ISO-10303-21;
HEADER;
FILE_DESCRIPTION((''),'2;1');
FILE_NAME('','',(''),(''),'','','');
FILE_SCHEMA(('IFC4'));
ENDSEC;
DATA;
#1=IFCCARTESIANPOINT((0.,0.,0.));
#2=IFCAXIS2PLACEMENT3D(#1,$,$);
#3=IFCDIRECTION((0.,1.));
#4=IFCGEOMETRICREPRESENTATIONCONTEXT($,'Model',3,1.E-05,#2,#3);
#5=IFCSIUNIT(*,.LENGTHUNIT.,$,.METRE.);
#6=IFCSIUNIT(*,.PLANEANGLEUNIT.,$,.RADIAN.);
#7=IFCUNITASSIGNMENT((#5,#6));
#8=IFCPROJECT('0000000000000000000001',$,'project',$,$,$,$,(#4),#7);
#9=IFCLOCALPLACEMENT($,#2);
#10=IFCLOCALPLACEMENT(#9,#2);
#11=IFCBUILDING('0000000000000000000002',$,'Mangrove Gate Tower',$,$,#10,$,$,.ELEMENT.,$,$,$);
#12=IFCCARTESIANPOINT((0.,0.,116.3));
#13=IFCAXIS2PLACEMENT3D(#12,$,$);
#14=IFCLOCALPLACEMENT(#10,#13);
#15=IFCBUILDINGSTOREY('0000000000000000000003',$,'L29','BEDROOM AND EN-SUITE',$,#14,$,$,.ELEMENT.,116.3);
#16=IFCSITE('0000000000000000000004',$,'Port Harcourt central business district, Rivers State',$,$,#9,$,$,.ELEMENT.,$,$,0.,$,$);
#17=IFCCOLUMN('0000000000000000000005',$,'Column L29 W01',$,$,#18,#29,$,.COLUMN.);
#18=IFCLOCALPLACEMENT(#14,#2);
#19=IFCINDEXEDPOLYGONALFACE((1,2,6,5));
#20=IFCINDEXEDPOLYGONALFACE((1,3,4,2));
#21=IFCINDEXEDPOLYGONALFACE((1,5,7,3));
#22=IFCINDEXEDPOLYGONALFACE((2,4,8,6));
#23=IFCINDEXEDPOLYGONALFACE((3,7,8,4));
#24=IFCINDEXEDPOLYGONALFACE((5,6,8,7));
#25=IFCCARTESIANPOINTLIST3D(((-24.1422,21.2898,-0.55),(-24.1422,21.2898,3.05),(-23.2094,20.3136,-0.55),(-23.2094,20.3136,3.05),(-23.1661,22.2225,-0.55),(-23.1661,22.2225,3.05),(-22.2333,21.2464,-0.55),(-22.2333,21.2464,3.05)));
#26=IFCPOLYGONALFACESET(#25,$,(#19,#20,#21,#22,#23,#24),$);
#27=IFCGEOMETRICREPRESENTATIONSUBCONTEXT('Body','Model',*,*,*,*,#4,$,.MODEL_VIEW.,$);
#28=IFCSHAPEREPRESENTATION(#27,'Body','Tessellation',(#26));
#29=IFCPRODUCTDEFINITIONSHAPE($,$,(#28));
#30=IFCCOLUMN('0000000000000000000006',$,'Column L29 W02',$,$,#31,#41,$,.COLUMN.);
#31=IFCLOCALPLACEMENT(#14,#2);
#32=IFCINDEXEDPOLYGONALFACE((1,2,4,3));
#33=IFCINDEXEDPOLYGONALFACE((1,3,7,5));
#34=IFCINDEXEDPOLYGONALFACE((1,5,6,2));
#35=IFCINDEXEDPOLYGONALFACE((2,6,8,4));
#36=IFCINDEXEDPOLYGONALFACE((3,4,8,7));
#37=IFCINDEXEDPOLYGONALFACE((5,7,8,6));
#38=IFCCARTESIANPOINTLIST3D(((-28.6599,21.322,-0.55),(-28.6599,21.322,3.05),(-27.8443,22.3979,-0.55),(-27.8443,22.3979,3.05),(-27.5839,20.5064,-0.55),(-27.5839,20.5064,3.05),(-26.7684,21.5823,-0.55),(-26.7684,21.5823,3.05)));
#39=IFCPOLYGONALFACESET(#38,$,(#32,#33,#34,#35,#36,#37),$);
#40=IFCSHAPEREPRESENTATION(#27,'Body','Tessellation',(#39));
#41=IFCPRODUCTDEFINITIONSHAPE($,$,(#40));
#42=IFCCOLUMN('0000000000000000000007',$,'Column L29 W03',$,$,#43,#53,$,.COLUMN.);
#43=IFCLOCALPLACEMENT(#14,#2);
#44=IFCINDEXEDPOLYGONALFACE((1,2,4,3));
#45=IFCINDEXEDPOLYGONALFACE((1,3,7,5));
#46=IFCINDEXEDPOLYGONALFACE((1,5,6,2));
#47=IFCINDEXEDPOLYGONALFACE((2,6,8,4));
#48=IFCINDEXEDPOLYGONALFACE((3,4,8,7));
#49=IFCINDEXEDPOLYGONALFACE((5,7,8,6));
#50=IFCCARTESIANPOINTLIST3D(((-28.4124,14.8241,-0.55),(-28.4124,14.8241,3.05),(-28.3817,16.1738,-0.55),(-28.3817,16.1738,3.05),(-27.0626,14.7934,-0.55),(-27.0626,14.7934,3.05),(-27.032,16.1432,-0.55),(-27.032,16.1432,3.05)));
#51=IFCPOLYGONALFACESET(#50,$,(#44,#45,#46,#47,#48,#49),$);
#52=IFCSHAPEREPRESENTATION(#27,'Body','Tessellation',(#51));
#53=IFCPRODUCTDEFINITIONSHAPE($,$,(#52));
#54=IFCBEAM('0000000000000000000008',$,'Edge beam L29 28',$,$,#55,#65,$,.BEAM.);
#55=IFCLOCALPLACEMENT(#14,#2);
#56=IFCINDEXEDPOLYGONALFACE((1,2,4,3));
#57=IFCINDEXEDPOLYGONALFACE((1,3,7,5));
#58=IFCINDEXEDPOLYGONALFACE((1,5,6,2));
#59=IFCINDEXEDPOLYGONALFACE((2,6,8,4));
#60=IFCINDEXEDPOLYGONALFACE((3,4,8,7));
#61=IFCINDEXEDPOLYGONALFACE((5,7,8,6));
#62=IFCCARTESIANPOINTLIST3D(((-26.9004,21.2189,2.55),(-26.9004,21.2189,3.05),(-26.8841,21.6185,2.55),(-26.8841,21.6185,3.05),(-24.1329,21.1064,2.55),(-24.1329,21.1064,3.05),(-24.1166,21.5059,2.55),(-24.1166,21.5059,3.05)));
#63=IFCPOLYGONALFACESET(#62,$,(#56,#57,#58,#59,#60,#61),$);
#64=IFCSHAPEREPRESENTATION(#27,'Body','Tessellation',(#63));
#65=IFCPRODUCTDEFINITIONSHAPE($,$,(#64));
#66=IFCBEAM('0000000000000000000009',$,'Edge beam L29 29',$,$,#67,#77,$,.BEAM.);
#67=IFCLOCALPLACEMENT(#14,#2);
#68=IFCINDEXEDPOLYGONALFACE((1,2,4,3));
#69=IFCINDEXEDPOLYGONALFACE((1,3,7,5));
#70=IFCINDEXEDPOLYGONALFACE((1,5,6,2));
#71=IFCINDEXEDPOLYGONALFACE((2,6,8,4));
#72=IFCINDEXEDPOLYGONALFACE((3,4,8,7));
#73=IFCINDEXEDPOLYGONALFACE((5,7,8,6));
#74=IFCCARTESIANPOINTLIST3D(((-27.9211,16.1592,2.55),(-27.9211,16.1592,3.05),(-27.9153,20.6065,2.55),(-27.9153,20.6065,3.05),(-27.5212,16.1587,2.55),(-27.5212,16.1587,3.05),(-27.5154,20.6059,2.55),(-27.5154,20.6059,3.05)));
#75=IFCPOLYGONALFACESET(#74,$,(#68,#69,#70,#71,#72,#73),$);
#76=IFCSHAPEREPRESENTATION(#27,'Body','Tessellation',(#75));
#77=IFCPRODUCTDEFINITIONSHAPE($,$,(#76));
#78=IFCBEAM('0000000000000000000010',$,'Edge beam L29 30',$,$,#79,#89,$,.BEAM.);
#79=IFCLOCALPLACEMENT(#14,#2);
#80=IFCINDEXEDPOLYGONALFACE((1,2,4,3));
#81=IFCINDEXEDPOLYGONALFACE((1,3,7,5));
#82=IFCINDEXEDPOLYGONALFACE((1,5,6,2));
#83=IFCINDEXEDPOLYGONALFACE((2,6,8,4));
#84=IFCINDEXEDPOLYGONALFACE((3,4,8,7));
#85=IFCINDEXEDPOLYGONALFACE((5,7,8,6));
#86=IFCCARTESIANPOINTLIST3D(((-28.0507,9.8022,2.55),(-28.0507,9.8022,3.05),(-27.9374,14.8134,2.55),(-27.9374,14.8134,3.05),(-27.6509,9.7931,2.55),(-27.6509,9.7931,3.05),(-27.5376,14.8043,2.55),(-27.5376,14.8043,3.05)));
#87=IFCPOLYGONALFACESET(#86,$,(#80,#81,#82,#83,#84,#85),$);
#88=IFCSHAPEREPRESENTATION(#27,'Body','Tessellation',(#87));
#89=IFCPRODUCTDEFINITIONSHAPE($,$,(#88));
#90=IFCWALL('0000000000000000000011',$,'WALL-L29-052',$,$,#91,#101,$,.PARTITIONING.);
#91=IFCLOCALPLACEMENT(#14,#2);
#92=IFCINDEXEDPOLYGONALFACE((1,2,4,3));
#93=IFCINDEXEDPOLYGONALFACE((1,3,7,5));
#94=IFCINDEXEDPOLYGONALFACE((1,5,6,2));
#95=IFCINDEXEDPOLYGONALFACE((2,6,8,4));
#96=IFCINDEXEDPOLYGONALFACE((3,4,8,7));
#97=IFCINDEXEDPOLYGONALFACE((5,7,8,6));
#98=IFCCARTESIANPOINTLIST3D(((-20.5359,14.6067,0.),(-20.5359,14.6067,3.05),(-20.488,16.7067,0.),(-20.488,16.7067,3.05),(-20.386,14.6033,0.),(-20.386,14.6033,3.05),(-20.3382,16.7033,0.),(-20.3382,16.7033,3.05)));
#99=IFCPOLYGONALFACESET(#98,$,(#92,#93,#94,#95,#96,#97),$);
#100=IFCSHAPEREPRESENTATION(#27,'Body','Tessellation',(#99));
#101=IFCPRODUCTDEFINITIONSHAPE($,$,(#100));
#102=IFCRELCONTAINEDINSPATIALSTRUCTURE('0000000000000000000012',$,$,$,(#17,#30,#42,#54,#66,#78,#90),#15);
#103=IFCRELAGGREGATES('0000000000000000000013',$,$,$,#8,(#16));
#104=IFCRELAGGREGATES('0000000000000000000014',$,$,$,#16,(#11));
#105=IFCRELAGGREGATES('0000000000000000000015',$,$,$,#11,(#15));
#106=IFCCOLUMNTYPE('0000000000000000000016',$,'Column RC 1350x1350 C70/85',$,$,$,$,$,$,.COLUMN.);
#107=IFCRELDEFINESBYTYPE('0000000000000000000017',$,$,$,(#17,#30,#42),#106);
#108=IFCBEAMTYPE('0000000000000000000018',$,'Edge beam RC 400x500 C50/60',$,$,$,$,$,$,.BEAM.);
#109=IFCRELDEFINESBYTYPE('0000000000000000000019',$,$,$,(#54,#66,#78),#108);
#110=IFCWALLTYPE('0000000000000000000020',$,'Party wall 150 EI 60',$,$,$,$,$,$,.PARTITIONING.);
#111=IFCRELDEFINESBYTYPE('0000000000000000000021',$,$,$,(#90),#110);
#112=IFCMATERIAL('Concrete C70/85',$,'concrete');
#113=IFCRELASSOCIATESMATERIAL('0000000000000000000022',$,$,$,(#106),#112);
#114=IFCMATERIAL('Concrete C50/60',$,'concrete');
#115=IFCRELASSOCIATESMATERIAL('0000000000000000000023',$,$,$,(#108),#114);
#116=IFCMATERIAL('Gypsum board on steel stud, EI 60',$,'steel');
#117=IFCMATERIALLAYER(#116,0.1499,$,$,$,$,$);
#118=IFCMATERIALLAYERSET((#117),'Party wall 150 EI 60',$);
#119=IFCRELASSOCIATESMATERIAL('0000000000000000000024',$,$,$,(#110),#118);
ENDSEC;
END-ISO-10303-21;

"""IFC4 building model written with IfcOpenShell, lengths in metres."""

from ifc_helpers import new_model, si_unit, direction, frame, frame_2d, origin, origin_2d, place, context, subcontext, project, spatial, rectangle, extrude, material, layer, layer_set, material_profile, profile_set, type_object, element, save


model = new_model("IFC4")

# Units and contexts
model_context = context("Model", 3, precision=1e-05, world=origin(), true_north=direction((0.0, 1.0)))
body_context = subcontext(model_context, "Body", "Model", "MODEL_VIEW")
ifc_project = project(units=[si_unit("LENGTHUNIT", "METRE"), si_unit("PLANEANGLEUNIT", "RADIAN")], contexts=[model_context])

# Site, building, storey
site_placement = place(None, origin())
site = spatial("IfcSite", under=ifc_project, at=site_placement, Name="Port Harcourt central business district, Rivers State", CompositionType="ELEMENT", RefElevation=0.0)
building_placement = place(site_placement, origin())
building = spatial("IfcBuilding", under=site, at=building_placement, Name="Mangrove Gate Tower", CompositionType="ELEMENT")
storey_placement = place(building_placement, frame((0.0, 0.0, 116.3)))
storey = spatial("IfcBuildingStorey", under=building, at=storey_placement, Name="L29", Description="BEDROOM AND EN-SUITE", CompositionType="ELEMENT", Elevation=116.3)

# Columns
ifc_material_1 = material(Name="Concrete C70/85", Category="concrete")
ifc_material_profile_1 = material_profile(ifc_material_1, rectangle(XDim=1.3501, YDim=1.3501, at=origin_2d()))
ifc_profile_set_1 = profile_set([ifc_material_profile_1], Name="Concrete C70/85")
column_type = type_object("IfcColumnType", Name="Column RC 1350x1350 C70/85", PredefinedType="COLUMN", material=ifc_profile_set_1)
for number, where, z_axis, x_axis, name in (
    (1, (-23.1877, 21.2681, -0.55), (0.0, 0.0, 1.0), (-0.722989, -0.69086, 0.0), "Column L29 W01"),
    (2, (-27.7141, 21.4521, -0.55), (0.0, 0.0, 1.0), (-0.604088, -0.796917, 0.0), "Column L29 W02"),
    (3, (-27.7222, 15.4836, -0.55), (0.0, 0.0, 1.0), (-0.022711, -0.999742, 0.0), "Column L29 W03"),
):
    element("IfcColumn", number, at=place(storey_placement, frame(where, z_axis=z_axis, x_axis=x_axis)), inside=storey, type_object=column_type, Name=name, PredefinedType="COLUMN", context=body_context, shape_type="SweptSolid", body=[
        extrude(rectangle(XDim=1.3501, YDim=1.3501, at=origin_2d()), origin(), (0.0, 0.0, 1.0), 3.6001),
    ])

# Beams
ifc_material_2 = material(Name="Concrete C50/60", Category="concrete")
ifc_material_profile_2 = material_profile(ifc_material_2, rectangle(XDim=0.3999, YDim=0.5, at=origin_2d()))
ifc_profile_set_2 = profile_set([ifc_material_profile_2], Name="Concrete C50/60")
beam_type = type_object("IfcBeamType", Name="Edge beam RC 400x500 C50/60", PredefinedType="BEAM", material=ifc_profile_set_2)
beam_1_placement = place(storey_placement, frame((-24.1248, 21.3062, 2.8), z_axis=(-0.999174, 0.040633, 0.0), x_axis=(-0.040633, -0.999174, 0.0)))
element("IfcBeam", 4, at=beam_1_placement, inside=storey, type_object=beam_type, Name="Edge beam L29 28", PredefinedType="BEAM", context=body_context, shape_type="SweptSolid", body=[
    extrude(rectangle(XDim=0.3999, YDim=0.5, at=origin_2d()), origin(), (0.0, 0.0, 1.0), 2.7698),
])
beam_2_placement = place(storey_placement, frame((-27.7153, 20.6062, 2.8), z_axis=(-0.001318, -0.999999, 0.0), x_axis=(0.999999, -0.001318, 0.0)))
element("IfcBeam", 5, at=beam_2_placement, inside=storey, type_object=beam_type, Name="Edge beam L29 29", PredefinedType="BEAM", context=body_context, shape_type="SweptSolid", body=[
    extrude(rectangle(XDim=0.3999, YDim=0.5, at=origin_2d()), origin(), (0.0, 0.0, 1.0), 4.4473),
])
beam_3_placement = place(storey_placement, frame((-27.7375, 14.8088, 2.8), z_axis=(-0.0226, -0.999745, 0.0), x_axis=(0.999745, -0.0226, 0.0)))
element("IfcBeam", 6, at=beam_3_placement, inside=storey, type_object=beam_type, Name="Edge beam L29 30", PredefinedType="BEAM", context=body_context, shape_type="SweptSolid", body=[
    extrude(rectangle(XDim=0.3999, YDim=0.5, at=origin_2d()), origin(), (0.0, 0.0, 1.0), 5.0125),
])

# Wall
ifc_material_3 = material(Name="Gypsum board on steel stud, EI 60", Category="steel")
ifc_layer_1 = layer(ifc_material_3, 0.1499)
ifc_layer_set_1 = layer_set([ifc_layer_1], Name="Party wall 150 EI 60")
wall_type_1 = type_object("IfcWallType", Name="Party wall 150 EI 60", PredefinedType="PARTITIONING", material=ifc_layer_set_1)
wall_1_placement = place(storey_placement, frame((-20.4609, 14.605, 0.0), z_axis=(0.0, 0.0, 1.0), x_axis=(0.022779, 0.999741, 0.0)))
element("IfcWall", 7, at=wall_1_placement, inside=storey, type_object=wall_type_1, Name="WALL-L29-052", PredefinedType="PARTITIONING", context=body_context, shape_type="SweptSolid", body=[
    extrude(rectangle(XDim=2.1006, YDim=0.1499, at=frame_2d((1.0503, 0.0))), origin(), (0.0, 0.0, 1.0), 3.05),
])

save(model, "model.ifc")
